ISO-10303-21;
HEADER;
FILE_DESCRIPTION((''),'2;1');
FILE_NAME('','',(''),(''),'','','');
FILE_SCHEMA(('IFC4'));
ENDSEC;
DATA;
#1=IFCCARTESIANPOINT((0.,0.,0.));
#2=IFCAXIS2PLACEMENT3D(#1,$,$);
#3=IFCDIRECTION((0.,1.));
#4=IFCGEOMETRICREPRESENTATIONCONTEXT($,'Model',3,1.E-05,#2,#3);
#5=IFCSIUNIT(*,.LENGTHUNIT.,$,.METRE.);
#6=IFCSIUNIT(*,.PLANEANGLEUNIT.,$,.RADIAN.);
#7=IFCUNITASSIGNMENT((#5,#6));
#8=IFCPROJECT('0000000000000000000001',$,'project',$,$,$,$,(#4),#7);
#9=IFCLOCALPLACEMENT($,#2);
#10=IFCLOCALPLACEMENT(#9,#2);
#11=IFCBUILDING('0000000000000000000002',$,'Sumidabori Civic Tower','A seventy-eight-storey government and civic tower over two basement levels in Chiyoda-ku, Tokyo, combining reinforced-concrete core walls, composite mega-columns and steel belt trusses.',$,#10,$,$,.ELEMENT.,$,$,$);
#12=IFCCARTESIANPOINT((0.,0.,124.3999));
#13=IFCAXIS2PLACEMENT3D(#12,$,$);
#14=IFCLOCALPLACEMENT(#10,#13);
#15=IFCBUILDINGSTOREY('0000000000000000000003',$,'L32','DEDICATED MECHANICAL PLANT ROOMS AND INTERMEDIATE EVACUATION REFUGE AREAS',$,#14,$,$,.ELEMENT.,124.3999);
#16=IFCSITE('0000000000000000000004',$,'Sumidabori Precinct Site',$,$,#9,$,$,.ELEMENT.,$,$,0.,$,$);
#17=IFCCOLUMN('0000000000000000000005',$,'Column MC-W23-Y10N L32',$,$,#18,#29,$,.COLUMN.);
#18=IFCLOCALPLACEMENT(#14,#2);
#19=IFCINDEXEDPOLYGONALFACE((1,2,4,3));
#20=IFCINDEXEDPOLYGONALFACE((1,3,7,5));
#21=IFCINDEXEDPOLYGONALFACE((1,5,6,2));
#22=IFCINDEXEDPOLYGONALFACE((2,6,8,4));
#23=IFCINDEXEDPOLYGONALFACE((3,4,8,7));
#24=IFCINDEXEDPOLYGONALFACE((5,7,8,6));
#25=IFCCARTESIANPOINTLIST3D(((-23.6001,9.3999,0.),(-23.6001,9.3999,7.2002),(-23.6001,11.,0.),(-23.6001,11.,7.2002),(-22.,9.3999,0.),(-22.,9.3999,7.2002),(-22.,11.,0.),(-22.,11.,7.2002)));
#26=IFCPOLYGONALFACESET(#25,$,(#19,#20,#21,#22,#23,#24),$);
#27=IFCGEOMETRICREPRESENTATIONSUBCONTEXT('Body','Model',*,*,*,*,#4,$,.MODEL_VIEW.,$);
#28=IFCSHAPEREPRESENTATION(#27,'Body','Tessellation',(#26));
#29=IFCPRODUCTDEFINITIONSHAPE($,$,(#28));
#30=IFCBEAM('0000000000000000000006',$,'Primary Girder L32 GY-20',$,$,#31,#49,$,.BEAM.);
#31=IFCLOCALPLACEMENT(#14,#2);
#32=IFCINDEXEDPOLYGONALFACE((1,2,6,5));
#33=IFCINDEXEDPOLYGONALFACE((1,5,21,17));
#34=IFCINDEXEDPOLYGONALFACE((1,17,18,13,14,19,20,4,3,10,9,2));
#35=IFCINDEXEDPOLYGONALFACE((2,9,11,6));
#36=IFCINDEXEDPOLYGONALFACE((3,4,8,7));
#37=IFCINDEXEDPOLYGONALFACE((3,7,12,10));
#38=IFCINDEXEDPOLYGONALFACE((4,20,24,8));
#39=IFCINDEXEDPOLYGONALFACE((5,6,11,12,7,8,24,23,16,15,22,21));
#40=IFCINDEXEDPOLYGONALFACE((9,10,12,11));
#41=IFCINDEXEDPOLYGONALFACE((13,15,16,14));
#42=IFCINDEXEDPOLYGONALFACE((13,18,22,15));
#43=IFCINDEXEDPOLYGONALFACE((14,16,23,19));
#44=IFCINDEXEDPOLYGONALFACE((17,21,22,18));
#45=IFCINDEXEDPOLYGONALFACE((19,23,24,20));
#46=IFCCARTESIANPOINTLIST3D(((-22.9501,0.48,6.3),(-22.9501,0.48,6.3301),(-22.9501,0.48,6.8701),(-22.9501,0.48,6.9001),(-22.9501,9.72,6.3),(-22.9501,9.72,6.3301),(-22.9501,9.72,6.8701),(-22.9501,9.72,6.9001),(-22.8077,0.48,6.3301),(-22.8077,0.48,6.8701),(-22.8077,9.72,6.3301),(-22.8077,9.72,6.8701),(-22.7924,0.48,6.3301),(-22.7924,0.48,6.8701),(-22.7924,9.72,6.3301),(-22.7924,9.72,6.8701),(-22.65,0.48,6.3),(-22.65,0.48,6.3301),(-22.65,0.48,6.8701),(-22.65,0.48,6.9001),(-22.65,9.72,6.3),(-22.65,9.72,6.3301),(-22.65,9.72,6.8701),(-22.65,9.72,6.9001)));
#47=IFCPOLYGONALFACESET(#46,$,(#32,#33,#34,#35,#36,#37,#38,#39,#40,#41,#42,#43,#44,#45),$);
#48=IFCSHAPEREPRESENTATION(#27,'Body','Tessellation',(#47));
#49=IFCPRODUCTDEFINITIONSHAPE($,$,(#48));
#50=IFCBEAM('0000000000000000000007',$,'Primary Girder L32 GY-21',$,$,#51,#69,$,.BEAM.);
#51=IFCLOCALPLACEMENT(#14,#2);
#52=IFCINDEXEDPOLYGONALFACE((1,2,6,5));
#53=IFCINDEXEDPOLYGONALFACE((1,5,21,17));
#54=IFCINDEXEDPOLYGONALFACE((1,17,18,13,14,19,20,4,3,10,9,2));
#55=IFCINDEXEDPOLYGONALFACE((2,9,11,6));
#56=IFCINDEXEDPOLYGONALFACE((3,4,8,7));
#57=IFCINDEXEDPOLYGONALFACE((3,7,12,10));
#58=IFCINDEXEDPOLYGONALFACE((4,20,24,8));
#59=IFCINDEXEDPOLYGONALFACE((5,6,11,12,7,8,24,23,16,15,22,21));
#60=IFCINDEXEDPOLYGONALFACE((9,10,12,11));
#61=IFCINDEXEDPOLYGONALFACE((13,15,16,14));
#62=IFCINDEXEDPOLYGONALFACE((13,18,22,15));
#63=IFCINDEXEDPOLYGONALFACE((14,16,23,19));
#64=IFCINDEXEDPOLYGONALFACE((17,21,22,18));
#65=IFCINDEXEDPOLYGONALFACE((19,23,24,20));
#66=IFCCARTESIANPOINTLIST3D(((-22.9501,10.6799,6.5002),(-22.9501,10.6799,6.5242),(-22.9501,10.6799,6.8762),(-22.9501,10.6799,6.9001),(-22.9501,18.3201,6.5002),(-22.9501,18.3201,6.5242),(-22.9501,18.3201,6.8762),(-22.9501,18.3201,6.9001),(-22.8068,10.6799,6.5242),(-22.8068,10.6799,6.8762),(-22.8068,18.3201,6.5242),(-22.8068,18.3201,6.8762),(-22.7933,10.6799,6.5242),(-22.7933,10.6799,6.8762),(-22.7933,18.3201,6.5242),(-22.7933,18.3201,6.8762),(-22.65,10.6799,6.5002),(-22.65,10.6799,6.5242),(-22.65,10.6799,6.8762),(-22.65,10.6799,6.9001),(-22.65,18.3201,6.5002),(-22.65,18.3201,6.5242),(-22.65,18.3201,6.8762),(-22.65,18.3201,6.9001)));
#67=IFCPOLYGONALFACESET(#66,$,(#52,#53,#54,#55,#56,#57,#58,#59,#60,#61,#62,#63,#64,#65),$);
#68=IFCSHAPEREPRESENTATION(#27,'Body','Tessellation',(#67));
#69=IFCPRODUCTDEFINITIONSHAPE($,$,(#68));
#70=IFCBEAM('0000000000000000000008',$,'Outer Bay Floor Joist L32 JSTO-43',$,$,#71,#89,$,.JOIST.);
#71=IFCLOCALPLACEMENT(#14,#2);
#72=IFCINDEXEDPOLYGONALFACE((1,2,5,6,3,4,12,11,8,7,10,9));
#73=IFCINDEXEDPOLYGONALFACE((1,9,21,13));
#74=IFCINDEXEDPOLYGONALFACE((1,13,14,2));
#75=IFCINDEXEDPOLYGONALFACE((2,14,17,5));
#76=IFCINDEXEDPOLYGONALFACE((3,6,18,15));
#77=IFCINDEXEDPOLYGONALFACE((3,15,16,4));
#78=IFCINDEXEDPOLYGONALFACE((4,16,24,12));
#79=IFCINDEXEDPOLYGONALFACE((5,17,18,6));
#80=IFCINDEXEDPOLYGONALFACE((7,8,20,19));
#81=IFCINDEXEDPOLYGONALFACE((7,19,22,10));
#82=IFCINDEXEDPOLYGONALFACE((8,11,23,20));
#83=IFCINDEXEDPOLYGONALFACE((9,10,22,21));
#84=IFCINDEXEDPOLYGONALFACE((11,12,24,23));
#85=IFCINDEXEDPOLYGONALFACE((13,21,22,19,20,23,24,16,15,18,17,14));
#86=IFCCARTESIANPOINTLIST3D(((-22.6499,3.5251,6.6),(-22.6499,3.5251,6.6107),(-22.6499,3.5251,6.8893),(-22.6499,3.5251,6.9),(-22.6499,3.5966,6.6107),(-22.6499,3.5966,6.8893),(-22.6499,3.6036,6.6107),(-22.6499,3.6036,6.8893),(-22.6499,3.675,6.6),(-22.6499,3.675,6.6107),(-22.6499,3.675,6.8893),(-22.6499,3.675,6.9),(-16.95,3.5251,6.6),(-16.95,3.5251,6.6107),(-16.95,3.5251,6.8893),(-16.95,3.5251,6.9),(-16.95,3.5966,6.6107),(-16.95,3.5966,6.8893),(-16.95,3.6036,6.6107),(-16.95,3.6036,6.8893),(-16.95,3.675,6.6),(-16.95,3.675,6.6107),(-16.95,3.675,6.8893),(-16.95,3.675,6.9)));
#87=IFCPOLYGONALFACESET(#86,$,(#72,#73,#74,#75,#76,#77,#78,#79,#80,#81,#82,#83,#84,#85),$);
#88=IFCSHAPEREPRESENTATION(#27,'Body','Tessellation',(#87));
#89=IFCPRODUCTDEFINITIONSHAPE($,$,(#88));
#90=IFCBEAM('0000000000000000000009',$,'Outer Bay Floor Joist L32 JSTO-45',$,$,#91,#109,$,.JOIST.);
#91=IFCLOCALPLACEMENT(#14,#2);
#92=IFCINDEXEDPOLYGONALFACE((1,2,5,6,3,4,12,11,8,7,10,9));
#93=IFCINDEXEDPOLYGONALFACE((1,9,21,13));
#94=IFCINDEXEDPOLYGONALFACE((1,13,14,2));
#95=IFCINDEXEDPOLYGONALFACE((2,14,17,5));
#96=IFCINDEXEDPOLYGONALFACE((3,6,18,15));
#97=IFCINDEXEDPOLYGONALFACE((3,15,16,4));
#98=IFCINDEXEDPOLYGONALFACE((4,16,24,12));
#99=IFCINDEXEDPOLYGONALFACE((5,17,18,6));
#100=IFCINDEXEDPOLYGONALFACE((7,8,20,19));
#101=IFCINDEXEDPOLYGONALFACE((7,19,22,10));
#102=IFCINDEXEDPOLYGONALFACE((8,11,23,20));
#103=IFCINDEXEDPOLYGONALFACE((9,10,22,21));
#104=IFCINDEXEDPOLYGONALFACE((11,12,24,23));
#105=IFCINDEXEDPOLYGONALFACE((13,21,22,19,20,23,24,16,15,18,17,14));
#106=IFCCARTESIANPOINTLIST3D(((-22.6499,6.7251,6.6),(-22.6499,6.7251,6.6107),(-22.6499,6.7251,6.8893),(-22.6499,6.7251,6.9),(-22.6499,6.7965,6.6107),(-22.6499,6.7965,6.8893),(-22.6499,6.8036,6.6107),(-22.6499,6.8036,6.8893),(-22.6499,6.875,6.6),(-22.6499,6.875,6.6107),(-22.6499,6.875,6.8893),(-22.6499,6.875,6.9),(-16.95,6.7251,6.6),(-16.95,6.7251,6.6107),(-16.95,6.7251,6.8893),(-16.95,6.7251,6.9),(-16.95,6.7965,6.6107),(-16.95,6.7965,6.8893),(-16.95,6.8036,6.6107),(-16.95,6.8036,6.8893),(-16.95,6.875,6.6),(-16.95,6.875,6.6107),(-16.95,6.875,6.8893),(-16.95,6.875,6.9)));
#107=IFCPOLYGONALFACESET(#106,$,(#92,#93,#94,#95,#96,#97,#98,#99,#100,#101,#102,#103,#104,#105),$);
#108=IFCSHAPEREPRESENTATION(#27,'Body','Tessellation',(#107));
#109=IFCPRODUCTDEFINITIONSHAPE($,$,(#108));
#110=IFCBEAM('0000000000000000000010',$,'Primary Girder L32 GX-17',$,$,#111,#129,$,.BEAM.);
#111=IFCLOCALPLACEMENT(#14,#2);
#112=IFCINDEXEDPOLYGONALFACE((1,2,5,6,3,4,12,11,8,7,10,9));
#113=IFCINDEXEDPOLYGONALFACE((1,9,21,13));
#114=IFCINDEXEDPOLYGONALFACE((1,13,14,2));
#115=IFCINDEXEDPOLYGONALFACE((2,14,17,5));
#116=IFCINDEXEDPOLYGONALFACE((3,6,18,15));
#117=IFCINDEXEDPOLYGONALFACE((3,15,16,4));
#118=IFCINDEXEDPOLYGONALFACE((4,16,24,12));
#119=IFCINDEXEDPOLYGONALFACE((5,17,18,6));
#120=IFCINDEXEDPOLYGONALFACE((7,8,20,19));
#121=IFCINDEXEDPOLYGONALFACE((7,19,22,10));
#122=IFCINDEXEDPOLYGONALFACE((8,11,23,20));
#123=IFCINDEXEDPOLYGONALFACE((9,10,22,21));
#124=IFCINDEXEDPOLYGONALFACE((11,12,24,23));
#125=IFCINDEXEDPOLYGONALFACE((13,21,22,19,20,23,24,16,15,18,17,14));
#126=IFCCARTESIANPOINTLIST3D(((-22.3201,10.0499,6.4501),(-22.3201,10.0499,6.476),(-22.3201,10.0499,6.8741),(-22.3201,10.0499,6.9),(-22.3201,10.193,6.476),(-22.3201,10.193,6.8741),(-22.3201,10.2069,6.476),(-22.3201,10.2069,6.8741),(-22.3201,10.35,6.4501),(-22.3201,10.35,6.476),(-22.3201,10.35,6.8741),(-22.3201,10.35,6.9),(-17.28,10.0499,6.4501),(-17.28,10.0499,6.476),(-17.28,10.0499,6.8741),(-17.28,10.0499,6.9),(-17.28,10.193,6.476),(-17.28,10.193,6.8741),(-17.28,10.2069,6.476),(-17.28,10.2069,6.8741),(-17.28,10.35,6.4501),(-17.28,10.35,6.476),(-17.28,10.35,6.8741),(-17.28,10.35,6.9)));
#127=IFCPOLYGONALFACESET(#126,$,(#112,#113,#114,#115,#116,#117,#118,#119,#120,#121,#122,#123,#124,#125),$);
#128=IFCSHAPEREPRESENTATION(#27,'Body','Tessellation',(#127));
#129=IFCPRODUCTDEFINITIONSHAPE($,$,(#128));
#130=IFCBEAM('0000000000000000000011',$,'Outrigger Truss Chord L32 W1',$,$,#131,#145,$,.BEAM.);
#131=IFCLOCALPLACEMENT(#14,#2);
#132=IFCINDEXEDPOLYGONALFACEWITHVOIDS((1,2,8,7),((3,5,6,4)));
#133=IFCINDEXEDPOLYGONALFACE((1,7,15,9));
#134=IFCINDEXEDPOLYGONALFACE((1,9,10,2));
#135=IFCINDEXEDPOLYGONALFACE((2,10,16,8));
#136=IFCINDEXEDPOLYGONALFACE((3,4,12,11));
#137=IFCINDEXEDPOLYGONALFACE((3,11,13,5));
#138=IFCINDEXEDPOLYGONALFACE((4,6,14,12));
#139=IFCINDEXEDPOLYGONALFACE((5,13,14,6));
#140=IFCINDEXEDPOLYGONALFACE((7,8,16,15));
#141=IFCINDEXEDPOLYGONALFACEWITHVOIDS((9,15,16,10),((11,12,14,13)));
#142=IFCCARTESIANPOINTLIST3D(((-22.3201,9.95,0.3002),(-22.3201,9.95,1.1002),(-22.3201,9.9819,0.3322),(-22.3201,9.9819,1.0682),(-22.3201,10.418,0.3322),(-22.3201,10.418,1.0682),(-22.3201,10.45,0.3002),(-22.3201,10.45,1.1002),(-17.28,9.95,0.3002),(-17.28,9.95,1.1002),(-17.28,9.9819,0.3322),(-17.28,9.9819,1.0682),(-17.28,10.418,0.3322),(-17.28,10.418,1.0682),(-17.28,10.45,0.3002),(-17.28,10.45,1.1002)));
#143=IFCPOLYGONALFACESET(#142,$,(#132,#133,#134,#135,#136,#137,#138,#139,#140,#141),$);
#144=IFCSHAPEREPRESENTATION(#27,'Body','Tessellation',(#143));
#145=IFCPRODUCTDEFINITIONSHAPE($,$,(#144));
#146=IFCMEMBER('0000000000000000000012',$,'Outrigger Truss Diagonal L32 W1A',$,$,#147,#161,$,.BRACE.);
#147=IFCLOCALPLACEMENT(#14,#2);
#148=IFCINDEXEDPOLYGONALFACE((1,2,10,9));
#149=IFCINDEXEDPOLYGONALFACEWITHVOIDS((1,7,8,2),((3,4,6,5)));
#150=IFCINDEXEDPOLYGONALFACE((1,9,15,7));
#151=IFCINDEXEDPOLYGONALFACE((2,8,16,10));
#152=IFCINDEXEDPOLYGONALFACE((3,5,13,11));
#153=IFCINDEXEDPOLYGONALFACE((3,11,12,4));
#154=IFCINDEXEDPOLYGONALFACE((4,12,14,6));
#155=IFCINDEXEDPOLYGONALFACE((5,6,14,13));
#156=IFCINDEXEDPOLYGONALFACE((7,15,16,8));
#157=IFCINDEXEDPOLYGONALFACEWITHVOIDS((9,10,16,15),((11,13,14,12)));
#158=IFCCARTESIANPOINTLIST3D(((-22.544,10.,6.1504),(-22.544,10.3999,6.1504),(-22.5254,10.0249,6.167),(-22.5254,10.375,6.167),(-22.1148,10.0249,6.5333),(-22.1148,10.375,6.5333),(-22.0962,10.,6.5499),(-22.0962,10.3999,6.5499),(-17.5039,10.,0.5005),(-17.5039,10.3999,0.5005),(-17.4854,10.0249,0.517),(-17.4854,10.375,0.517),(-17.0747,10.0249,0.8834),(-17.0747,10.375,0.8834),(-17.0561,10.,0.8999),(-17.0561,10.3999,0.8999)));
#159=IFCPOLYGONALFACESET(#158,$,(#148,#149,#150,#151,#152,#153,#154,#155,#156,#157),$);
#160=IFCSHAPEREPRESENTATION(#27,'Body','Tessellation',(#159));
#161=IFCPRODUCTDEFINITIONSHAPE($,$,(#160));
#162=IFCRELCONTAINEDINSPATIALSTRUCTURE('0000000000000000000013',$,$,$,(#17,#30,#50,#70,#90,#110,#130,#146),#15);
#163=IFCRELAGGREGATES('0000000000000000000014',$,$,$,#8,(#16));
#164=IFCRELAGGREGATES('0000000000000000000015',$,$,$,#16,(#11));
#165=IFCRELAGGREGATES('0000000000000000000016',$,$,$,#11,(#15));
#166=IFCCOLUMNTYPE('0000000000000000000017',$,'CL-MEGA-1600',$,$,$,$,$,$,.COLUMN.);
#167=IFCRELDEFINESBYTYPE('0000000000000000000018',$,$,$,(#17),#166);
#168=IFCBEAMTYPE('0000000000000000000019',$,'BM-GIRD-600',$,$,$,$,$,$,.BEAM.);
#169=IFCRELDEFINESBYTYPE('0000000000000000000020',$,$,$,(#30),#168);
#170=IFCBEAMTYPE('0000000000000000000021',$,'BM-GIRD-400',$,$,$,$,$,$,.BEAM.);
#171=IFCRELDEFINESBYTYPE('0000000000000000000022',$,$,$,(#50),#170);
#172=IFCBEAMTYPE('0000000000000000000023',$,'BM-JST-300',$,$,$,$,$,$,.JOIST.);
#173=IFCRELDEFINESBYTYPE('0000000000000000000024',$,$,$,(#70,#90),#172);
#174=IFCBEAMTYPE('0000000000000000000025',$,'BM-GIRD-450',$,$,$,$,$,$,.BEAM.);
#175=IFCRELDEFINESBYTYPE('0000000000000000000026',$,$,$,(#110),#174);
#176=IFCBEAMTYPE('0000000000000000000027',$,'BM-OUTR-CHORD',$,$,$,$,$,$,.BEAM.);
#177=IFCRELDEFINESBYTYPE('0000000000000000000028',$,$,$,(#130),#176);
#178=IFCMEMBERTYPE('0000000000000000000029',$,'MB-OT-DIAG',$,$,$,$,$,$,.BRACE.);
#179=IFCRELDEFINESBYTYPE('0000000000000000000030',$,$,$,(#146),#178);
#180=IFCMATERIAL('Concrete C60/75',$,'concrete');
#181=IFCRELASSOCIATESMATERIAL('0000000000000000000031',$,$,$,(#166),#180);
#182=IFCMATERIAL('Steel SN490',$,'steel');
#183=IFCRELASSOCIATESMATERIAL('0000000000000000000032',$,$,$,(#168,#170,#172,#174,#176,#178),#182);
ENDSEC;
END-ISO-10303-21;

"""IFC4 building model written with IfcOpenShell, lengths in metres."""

from ifc_helpers import new_model, si_unit, direction, frame, origin, origin_2d, place, context, subcontext, project, spatial, rectangle, hollow_rectangle, i_section, extrude, source, transform, mapped, material, material_profile, profile_set, type_object, element, save


model = new_model("IFC4")

# Units and contexts
model_context = context("Model", 3, precision=1e-05, world=origin(), true_north=direction((0.0, 1.0)))
body_context = subcontext(model_context, "Body", "Model", "MODEL_VIEW")
ifc_project = project(units=[si_unit("LENGTHUNIT", "METRE"), si_unit("PLANEANGLEUNIT", "RADIAN")], contexts=[model_context])

# Site, building, storey
site_placement = place(None, origin())
site = spatial("IfcSite", under=ifc_project, at=site_placement, Name="Sumidabori Precinct Site", CompositionType="ELEMENT", RefElevation=0.0)
building_placement = place(site_placement, origin())
building = spatial("IfcBuilding", under=site, at=building_placement, Name="Sumidabori Civic Tower", Description="A seventy-eight-storey government and civic tower over two basement levels in Chiyoda-ku, Tokyo, combining reinforced-concrete core walls, composite mega-columns and steel belt trusses.", CompositionType="ELEMENT")
storey_placement = place(building_placement, frame((0.0, 0.0, 124.3999)))
storey = spatial("IfcBuildingStorey", under=building, at=storey_placement, Name="L32", Description="DEDICATED MECHANICAL PLANT ROOMS AND INTERMEDIATE EVACUATION REFUGE AREAS", CompositionType="ELEMENT", Elevation=124.3999)

# Column
ifc_material_1 = material(Name="Concrete C60/75", Category="concrete")
ifc_material_profile_1 = material_profile(ifc_material_1, rectangle(XDim=1.6001, YDim=1.6001, at=origin_2d()), Name="RC 1600x1600")
ifc_profile_set_1 = profile_set([ifc_material_profile_1], Name="Concrete C60/75")
column_type = type_object("IfcColumnType", Name="CL-MEGA-1600", PredefinedType="COLUMN", material=ifc_profile_set_1)
shared_shape_1 = source(origin(), body_context, "Body", "SweptSolid", [
    extrude(rectangle(XDim=1.6001, YDim=1.6001, at=origin_2d()), origin(), (0.0, 0.0, 1.0), 7.2002),
])
column_placement = place(storey_placement, frame((-22.8, 10.2, 0.0), z_axis=(0.0, 0.0, 1.0), x_axis=(1.0, 0.0, 0.0)))
element("IfcColumn", 1, at=column_placement, inside=storey, type_object=column_type, Name="Column MC-W23-Y10N L32", PredefinedType="COLUMN", context=body_context, shape_type="MappedRepresentation", body=[
    mapped(shared_shape_1, transform((0.0, 0.0, 0.0), x_axis=(1.0, 0.0, 0.0), y_axis=(0.0, 1.0, 0.0), z_axis=(0.0, 0.0, 1.0), scale=1.0)),
])

# Beams
ifc_material_2 = material(Name="Steel SN490", Category="steel")
ifc_material_profile_2 = material_profile(ifc_material_2, i_section(OverallWidth=0.3, OverallDepth=0.6001, WebThickness=0.0154, FlangeThickness=0.03, at=origin_2d()), Name="HE 600 B")
ifc_profile_set_2 = profile_set([ifc_material_profile_2], Name="Steel SN490")
beam_type_1 = type_object("IfcBeamType", Name="BM-GIRD-600", PredefinedType="BEAM", material=ifc_profile_set_2)
shared_shape_2 = source(origin(), body_context, "Body", "SweptSolid", [
    extrude(i_section(OverallWidth=0.3, OverallDepth=0.6001, WebThickness=0.0154, FlangeThickness=0.03, at=origin_2d()), origin(), (0.0, 0.0, 1.0), 9.24),
])
beam_1_placement = place(storey_placement, frame((-22.8, 0.48, 6.6001), z_axis=(0.0, 1.0, 0.0), x_axis=(-1.0, 0.0, 0.0)))
element("IfcBeam", 2, at=beam_1_placement, inside=storey, type_object=beam_type_1, Name="Primary Girder L32 GY-20", PredefinedType="BEAM", context=body_context, shape_type="MappedRepresentation", body=[
    mapped(shared_shape_2, transform((0.0, 0.0, 0.0), x_axis=(1.0, 0.0, 0.0), y_axis=(0.0, 1.0, 0.0), z_axis=(0.0, 0.0, 1.0), scale=1.0)),
])
ifc_material_profile_3 = material_profile(ifc_material_2, i_section(OverallWidth=0.3, OverallDepth=0.3999, WebThickness=0.0134, FlangeThickness=0.0239, at=origin_2d()), Name="HE 400 B")
ifc_profile_set_3 = profile_set([ifc_material_profile_3], Name="Steel SN490")
beam_type_2 = type_object("IfcBeamType", Name="BM-GIRD-400", PredefinedType="BEAM", material=ifc_profile_set_3)
shared_shape_3 = source(origin(), body_context, "Body", "SweptSolid", [
    extrude(i_section(OverallWidth=0.3, OverallDepth=0.3999, WebThickness=0.0134, FlangeThickness=0.0239, at=origin_2d()), origin(), (0.0, 0.0, 1.0), 7.6401),
])
beam_2_placement = place(storey_placement, frame((-22.8, 10.6799, 6.7002), z_axis=(0.0, 1.0, 0.0), x_axis=(-1.0, 0.0, 0.0)))
element("IfcBeam", 3, at=beam_2_placement, inside=storey, type_object=beam_type_2, Name="Primary Girder L32 GY-21", PredefinedType="BEAM", context=body_context, shape_type="MappedRepresentation", body=[
    mapped(shared_shape_3, transform((0.0, 0.0, 0.0), x_axis=(1.0, 0.0, 0.0), y_axis=(0.0, 1.0, 0.0), z_axis=(0.0, 0.0, 1.0), scale=1.0)),
])
ifc_material_profile_4 = material_profile(ifc_material_2, i_section(OverallWidth=0.1499, OverallDepth=0.3, WebThickness=0.0071, FlangeThickness=0.0107, at=origin_2d()), Name="IPE 300")
ifc_profile_set_4 = profile_set([ifc_material_profile_4], Name="Steel SN490")
beam_type_3 = type_object("IfcBeamType", Name="BM-JST-300", PredefinedType="JOIST", material=ifc_profile_set_4)
shared_shape_4 = source(origin(), body_context, "Body", "SweptSolid", [
    extrude(i_section(OverallWidth=0.1499, OverallDepth=0.3, WebThickness=0.0071, FlangeThickness=0.0107, at=origin_2d()), origin(), (0.0, 0.0, 1.0), 5.7),
])
for number, where, z_axis, x_axis, name in (
    (4, (-22.6499, 3.6001, 6.75), (1.0, 0.0, 0.0), (0.0, 1.0, 0.0), "Outer Bay Floor Joist L32 JSTO-43"),
    (5, (-22.6499, 6.8, 6.75), (1.0, 0.0, 0.0), (0.0, 1.0, 0.0), "Outer Bay Floor Joist L32 JSTO-45"),
):
    element("IfcBeam", number, at=place(storey_placement, frame(where, z_axis=z_axis, x_axis=x_axis)), inside=storey, type_object=beam_type_3, Name=name, PredefinedType="JOIST", context=body_context, shape_type="MappedRepresentation", body=[
        mapped(shared_shape_4, transform((0.0, 0.0, 0.0), x_axis=(1.0, 0.0, 0.0), y_axis=(0.0, 1.0, 0.0), z_axis=(0.0, 0.0, 1.0), scale=1.0)),
    ])
ifc_material_profile_5 = material_profile(ifc_material_2, i_section(OverallWidth=0.3, OverallDepth=0.45, WebThickness=0.0139, FlangeThickness=0.0259, at=origin_2d()), Name="HE 450 B")
ifc_profile_set_5 = profile_set([ifc_material_profile_5], Name="Steel SN490")
beam_type_4 = type_object("IfcBeamType", Name="BM-GIRD-450", PredefinedType="BEAM", material=ifc_profile_set_5)
shared_shape_5 = source(origin(), body_context, "Body", "SweptSolid", [
    extrude(i_section(OverallWidth=0.3, OverallDepth=0.45, WebThickness=0.0139, FlangeThickness=0.0259, at=origin_2d()), origin(), (0.0, 0.0, 1.0), 5.04),
])
beam_3_placement = place(storey_placement, frame((-22.3201, 10.2, 6.675), z_axis=(1.0, 0.0, 0.0), x_axis=(0.0, 1.0, 0.0)))
element("IfcBeam", 6, at=beam_3_placement, inside=storey, type_object=beam_type_4, Name="Primary Girder L32 GX-17", PredefinedType="BEAM", context=body_context, shape_type="MappedRepresentation", body=[
    mapped(shared_shape_5, transform((0.0, 0.0, 0.0), x_axis=(1.0, 0.0, 0.0), y_axis=(0.0, 1.0, 0.0), z_axis=(0.0, 0.0, 1.0), scale=1.0)),
])
ifc_material_profile_6 = material_profile(ifc_material_2, hollow_rectangle(XDim=0.5, YDim=0.8, WallThickness=0.032, at=origin_2d()), Name="RHS 800x500x32")
ifc_profile_set_6 = profile_set([ifc_material_profile_6], Name="Steel SN490")
beam_type_5 = type_object("IfcBeamType", Name="BM-OUTR-CHORD", PredefinedType="BEAM", material=ifc_profile_set_6)
shared_shape_6 = source(origin(), body_context, "Body", "SweptSolid", [
    extrude(hollow_rectangle(XDim=0.5, YDim=0.8, WallThickness=0.032, at=origin_2d()), origin(), (0.0, 0.0, 1.0), 5.04),
])
beam_4_placement = place(storey_placement, frame((-17.28, 10.2, 0.7002), z_axis=(-1.0, 0.0, 0.0), x_axis=(0.0, -1.0, 0.0)))
element("IfcBeam", 7, at=beam_4_placement, inside=storey, type_object=beam_type_5, Name="Outrigger Truss Chord L32 W1", PredefinedType="BEAM", context=body_context, shape_type="MappedRepresentation", body=[
    mapped(shared_shape_6, transform((0.0, 0.0, 0.0), x_axis=(1.0, 0.0, 0.0), y_axis=(0.0, 1.0, 0.0), z_axis=(0.0, 0.0, 1.0), scale=1.0)),
])

# Member
ifc_material_profile_7 = material_profile(ifc_material_2, hollow_rectangle(XDim=0.3999, YDim=0.6001, WallThickness=0.0249, at=origin_2d()), Name="RHS 600x400x25")
ifc_profile_set_7 = profile_set([ifc_material_profile_7], Name="Steel SN490")
member_type = type_object("IfcMemberType", Name="MB-OT-DIAG", PredefinedType="BRACE", material=ifc_profile_set_7)
shared_shape_7 = source(origin(), body_context, "Body", "SweptSolid", [
    extrude(hollow_rectangle(XDim=0.3999, YDim=0.6001, WallThickness=0.0249, at=origin_2d()), origin(), (0.0, 0.0, 1.0), 7.5713),
])
member_1_placement = place(storey_placement, frame((-17.28, 10.2, 0.7002), z_axis=(-0.665684, 0.0, 0.746234), x_axis=(0.0, -1.0, 0.0)))
element("IfcMember", 8, at=member_1_placement, inside=storey, type_object=member_type, Name="Outrigger Truss Diagonal L32 W1A", PredefinedType="BRACE", context=body_context, shape_type="MappedRepresentation", body=[
    mapped(shared_shape_7, transform((0.0, 0.0, 0.0), x_axis=(1.0, 0.0, 0.0), y_axis=(0.0, 1.0, 0.0), z_axis=(0.0, 0.0, 1.0), scale=1.0)),
])

save(model, "model.ifc")
